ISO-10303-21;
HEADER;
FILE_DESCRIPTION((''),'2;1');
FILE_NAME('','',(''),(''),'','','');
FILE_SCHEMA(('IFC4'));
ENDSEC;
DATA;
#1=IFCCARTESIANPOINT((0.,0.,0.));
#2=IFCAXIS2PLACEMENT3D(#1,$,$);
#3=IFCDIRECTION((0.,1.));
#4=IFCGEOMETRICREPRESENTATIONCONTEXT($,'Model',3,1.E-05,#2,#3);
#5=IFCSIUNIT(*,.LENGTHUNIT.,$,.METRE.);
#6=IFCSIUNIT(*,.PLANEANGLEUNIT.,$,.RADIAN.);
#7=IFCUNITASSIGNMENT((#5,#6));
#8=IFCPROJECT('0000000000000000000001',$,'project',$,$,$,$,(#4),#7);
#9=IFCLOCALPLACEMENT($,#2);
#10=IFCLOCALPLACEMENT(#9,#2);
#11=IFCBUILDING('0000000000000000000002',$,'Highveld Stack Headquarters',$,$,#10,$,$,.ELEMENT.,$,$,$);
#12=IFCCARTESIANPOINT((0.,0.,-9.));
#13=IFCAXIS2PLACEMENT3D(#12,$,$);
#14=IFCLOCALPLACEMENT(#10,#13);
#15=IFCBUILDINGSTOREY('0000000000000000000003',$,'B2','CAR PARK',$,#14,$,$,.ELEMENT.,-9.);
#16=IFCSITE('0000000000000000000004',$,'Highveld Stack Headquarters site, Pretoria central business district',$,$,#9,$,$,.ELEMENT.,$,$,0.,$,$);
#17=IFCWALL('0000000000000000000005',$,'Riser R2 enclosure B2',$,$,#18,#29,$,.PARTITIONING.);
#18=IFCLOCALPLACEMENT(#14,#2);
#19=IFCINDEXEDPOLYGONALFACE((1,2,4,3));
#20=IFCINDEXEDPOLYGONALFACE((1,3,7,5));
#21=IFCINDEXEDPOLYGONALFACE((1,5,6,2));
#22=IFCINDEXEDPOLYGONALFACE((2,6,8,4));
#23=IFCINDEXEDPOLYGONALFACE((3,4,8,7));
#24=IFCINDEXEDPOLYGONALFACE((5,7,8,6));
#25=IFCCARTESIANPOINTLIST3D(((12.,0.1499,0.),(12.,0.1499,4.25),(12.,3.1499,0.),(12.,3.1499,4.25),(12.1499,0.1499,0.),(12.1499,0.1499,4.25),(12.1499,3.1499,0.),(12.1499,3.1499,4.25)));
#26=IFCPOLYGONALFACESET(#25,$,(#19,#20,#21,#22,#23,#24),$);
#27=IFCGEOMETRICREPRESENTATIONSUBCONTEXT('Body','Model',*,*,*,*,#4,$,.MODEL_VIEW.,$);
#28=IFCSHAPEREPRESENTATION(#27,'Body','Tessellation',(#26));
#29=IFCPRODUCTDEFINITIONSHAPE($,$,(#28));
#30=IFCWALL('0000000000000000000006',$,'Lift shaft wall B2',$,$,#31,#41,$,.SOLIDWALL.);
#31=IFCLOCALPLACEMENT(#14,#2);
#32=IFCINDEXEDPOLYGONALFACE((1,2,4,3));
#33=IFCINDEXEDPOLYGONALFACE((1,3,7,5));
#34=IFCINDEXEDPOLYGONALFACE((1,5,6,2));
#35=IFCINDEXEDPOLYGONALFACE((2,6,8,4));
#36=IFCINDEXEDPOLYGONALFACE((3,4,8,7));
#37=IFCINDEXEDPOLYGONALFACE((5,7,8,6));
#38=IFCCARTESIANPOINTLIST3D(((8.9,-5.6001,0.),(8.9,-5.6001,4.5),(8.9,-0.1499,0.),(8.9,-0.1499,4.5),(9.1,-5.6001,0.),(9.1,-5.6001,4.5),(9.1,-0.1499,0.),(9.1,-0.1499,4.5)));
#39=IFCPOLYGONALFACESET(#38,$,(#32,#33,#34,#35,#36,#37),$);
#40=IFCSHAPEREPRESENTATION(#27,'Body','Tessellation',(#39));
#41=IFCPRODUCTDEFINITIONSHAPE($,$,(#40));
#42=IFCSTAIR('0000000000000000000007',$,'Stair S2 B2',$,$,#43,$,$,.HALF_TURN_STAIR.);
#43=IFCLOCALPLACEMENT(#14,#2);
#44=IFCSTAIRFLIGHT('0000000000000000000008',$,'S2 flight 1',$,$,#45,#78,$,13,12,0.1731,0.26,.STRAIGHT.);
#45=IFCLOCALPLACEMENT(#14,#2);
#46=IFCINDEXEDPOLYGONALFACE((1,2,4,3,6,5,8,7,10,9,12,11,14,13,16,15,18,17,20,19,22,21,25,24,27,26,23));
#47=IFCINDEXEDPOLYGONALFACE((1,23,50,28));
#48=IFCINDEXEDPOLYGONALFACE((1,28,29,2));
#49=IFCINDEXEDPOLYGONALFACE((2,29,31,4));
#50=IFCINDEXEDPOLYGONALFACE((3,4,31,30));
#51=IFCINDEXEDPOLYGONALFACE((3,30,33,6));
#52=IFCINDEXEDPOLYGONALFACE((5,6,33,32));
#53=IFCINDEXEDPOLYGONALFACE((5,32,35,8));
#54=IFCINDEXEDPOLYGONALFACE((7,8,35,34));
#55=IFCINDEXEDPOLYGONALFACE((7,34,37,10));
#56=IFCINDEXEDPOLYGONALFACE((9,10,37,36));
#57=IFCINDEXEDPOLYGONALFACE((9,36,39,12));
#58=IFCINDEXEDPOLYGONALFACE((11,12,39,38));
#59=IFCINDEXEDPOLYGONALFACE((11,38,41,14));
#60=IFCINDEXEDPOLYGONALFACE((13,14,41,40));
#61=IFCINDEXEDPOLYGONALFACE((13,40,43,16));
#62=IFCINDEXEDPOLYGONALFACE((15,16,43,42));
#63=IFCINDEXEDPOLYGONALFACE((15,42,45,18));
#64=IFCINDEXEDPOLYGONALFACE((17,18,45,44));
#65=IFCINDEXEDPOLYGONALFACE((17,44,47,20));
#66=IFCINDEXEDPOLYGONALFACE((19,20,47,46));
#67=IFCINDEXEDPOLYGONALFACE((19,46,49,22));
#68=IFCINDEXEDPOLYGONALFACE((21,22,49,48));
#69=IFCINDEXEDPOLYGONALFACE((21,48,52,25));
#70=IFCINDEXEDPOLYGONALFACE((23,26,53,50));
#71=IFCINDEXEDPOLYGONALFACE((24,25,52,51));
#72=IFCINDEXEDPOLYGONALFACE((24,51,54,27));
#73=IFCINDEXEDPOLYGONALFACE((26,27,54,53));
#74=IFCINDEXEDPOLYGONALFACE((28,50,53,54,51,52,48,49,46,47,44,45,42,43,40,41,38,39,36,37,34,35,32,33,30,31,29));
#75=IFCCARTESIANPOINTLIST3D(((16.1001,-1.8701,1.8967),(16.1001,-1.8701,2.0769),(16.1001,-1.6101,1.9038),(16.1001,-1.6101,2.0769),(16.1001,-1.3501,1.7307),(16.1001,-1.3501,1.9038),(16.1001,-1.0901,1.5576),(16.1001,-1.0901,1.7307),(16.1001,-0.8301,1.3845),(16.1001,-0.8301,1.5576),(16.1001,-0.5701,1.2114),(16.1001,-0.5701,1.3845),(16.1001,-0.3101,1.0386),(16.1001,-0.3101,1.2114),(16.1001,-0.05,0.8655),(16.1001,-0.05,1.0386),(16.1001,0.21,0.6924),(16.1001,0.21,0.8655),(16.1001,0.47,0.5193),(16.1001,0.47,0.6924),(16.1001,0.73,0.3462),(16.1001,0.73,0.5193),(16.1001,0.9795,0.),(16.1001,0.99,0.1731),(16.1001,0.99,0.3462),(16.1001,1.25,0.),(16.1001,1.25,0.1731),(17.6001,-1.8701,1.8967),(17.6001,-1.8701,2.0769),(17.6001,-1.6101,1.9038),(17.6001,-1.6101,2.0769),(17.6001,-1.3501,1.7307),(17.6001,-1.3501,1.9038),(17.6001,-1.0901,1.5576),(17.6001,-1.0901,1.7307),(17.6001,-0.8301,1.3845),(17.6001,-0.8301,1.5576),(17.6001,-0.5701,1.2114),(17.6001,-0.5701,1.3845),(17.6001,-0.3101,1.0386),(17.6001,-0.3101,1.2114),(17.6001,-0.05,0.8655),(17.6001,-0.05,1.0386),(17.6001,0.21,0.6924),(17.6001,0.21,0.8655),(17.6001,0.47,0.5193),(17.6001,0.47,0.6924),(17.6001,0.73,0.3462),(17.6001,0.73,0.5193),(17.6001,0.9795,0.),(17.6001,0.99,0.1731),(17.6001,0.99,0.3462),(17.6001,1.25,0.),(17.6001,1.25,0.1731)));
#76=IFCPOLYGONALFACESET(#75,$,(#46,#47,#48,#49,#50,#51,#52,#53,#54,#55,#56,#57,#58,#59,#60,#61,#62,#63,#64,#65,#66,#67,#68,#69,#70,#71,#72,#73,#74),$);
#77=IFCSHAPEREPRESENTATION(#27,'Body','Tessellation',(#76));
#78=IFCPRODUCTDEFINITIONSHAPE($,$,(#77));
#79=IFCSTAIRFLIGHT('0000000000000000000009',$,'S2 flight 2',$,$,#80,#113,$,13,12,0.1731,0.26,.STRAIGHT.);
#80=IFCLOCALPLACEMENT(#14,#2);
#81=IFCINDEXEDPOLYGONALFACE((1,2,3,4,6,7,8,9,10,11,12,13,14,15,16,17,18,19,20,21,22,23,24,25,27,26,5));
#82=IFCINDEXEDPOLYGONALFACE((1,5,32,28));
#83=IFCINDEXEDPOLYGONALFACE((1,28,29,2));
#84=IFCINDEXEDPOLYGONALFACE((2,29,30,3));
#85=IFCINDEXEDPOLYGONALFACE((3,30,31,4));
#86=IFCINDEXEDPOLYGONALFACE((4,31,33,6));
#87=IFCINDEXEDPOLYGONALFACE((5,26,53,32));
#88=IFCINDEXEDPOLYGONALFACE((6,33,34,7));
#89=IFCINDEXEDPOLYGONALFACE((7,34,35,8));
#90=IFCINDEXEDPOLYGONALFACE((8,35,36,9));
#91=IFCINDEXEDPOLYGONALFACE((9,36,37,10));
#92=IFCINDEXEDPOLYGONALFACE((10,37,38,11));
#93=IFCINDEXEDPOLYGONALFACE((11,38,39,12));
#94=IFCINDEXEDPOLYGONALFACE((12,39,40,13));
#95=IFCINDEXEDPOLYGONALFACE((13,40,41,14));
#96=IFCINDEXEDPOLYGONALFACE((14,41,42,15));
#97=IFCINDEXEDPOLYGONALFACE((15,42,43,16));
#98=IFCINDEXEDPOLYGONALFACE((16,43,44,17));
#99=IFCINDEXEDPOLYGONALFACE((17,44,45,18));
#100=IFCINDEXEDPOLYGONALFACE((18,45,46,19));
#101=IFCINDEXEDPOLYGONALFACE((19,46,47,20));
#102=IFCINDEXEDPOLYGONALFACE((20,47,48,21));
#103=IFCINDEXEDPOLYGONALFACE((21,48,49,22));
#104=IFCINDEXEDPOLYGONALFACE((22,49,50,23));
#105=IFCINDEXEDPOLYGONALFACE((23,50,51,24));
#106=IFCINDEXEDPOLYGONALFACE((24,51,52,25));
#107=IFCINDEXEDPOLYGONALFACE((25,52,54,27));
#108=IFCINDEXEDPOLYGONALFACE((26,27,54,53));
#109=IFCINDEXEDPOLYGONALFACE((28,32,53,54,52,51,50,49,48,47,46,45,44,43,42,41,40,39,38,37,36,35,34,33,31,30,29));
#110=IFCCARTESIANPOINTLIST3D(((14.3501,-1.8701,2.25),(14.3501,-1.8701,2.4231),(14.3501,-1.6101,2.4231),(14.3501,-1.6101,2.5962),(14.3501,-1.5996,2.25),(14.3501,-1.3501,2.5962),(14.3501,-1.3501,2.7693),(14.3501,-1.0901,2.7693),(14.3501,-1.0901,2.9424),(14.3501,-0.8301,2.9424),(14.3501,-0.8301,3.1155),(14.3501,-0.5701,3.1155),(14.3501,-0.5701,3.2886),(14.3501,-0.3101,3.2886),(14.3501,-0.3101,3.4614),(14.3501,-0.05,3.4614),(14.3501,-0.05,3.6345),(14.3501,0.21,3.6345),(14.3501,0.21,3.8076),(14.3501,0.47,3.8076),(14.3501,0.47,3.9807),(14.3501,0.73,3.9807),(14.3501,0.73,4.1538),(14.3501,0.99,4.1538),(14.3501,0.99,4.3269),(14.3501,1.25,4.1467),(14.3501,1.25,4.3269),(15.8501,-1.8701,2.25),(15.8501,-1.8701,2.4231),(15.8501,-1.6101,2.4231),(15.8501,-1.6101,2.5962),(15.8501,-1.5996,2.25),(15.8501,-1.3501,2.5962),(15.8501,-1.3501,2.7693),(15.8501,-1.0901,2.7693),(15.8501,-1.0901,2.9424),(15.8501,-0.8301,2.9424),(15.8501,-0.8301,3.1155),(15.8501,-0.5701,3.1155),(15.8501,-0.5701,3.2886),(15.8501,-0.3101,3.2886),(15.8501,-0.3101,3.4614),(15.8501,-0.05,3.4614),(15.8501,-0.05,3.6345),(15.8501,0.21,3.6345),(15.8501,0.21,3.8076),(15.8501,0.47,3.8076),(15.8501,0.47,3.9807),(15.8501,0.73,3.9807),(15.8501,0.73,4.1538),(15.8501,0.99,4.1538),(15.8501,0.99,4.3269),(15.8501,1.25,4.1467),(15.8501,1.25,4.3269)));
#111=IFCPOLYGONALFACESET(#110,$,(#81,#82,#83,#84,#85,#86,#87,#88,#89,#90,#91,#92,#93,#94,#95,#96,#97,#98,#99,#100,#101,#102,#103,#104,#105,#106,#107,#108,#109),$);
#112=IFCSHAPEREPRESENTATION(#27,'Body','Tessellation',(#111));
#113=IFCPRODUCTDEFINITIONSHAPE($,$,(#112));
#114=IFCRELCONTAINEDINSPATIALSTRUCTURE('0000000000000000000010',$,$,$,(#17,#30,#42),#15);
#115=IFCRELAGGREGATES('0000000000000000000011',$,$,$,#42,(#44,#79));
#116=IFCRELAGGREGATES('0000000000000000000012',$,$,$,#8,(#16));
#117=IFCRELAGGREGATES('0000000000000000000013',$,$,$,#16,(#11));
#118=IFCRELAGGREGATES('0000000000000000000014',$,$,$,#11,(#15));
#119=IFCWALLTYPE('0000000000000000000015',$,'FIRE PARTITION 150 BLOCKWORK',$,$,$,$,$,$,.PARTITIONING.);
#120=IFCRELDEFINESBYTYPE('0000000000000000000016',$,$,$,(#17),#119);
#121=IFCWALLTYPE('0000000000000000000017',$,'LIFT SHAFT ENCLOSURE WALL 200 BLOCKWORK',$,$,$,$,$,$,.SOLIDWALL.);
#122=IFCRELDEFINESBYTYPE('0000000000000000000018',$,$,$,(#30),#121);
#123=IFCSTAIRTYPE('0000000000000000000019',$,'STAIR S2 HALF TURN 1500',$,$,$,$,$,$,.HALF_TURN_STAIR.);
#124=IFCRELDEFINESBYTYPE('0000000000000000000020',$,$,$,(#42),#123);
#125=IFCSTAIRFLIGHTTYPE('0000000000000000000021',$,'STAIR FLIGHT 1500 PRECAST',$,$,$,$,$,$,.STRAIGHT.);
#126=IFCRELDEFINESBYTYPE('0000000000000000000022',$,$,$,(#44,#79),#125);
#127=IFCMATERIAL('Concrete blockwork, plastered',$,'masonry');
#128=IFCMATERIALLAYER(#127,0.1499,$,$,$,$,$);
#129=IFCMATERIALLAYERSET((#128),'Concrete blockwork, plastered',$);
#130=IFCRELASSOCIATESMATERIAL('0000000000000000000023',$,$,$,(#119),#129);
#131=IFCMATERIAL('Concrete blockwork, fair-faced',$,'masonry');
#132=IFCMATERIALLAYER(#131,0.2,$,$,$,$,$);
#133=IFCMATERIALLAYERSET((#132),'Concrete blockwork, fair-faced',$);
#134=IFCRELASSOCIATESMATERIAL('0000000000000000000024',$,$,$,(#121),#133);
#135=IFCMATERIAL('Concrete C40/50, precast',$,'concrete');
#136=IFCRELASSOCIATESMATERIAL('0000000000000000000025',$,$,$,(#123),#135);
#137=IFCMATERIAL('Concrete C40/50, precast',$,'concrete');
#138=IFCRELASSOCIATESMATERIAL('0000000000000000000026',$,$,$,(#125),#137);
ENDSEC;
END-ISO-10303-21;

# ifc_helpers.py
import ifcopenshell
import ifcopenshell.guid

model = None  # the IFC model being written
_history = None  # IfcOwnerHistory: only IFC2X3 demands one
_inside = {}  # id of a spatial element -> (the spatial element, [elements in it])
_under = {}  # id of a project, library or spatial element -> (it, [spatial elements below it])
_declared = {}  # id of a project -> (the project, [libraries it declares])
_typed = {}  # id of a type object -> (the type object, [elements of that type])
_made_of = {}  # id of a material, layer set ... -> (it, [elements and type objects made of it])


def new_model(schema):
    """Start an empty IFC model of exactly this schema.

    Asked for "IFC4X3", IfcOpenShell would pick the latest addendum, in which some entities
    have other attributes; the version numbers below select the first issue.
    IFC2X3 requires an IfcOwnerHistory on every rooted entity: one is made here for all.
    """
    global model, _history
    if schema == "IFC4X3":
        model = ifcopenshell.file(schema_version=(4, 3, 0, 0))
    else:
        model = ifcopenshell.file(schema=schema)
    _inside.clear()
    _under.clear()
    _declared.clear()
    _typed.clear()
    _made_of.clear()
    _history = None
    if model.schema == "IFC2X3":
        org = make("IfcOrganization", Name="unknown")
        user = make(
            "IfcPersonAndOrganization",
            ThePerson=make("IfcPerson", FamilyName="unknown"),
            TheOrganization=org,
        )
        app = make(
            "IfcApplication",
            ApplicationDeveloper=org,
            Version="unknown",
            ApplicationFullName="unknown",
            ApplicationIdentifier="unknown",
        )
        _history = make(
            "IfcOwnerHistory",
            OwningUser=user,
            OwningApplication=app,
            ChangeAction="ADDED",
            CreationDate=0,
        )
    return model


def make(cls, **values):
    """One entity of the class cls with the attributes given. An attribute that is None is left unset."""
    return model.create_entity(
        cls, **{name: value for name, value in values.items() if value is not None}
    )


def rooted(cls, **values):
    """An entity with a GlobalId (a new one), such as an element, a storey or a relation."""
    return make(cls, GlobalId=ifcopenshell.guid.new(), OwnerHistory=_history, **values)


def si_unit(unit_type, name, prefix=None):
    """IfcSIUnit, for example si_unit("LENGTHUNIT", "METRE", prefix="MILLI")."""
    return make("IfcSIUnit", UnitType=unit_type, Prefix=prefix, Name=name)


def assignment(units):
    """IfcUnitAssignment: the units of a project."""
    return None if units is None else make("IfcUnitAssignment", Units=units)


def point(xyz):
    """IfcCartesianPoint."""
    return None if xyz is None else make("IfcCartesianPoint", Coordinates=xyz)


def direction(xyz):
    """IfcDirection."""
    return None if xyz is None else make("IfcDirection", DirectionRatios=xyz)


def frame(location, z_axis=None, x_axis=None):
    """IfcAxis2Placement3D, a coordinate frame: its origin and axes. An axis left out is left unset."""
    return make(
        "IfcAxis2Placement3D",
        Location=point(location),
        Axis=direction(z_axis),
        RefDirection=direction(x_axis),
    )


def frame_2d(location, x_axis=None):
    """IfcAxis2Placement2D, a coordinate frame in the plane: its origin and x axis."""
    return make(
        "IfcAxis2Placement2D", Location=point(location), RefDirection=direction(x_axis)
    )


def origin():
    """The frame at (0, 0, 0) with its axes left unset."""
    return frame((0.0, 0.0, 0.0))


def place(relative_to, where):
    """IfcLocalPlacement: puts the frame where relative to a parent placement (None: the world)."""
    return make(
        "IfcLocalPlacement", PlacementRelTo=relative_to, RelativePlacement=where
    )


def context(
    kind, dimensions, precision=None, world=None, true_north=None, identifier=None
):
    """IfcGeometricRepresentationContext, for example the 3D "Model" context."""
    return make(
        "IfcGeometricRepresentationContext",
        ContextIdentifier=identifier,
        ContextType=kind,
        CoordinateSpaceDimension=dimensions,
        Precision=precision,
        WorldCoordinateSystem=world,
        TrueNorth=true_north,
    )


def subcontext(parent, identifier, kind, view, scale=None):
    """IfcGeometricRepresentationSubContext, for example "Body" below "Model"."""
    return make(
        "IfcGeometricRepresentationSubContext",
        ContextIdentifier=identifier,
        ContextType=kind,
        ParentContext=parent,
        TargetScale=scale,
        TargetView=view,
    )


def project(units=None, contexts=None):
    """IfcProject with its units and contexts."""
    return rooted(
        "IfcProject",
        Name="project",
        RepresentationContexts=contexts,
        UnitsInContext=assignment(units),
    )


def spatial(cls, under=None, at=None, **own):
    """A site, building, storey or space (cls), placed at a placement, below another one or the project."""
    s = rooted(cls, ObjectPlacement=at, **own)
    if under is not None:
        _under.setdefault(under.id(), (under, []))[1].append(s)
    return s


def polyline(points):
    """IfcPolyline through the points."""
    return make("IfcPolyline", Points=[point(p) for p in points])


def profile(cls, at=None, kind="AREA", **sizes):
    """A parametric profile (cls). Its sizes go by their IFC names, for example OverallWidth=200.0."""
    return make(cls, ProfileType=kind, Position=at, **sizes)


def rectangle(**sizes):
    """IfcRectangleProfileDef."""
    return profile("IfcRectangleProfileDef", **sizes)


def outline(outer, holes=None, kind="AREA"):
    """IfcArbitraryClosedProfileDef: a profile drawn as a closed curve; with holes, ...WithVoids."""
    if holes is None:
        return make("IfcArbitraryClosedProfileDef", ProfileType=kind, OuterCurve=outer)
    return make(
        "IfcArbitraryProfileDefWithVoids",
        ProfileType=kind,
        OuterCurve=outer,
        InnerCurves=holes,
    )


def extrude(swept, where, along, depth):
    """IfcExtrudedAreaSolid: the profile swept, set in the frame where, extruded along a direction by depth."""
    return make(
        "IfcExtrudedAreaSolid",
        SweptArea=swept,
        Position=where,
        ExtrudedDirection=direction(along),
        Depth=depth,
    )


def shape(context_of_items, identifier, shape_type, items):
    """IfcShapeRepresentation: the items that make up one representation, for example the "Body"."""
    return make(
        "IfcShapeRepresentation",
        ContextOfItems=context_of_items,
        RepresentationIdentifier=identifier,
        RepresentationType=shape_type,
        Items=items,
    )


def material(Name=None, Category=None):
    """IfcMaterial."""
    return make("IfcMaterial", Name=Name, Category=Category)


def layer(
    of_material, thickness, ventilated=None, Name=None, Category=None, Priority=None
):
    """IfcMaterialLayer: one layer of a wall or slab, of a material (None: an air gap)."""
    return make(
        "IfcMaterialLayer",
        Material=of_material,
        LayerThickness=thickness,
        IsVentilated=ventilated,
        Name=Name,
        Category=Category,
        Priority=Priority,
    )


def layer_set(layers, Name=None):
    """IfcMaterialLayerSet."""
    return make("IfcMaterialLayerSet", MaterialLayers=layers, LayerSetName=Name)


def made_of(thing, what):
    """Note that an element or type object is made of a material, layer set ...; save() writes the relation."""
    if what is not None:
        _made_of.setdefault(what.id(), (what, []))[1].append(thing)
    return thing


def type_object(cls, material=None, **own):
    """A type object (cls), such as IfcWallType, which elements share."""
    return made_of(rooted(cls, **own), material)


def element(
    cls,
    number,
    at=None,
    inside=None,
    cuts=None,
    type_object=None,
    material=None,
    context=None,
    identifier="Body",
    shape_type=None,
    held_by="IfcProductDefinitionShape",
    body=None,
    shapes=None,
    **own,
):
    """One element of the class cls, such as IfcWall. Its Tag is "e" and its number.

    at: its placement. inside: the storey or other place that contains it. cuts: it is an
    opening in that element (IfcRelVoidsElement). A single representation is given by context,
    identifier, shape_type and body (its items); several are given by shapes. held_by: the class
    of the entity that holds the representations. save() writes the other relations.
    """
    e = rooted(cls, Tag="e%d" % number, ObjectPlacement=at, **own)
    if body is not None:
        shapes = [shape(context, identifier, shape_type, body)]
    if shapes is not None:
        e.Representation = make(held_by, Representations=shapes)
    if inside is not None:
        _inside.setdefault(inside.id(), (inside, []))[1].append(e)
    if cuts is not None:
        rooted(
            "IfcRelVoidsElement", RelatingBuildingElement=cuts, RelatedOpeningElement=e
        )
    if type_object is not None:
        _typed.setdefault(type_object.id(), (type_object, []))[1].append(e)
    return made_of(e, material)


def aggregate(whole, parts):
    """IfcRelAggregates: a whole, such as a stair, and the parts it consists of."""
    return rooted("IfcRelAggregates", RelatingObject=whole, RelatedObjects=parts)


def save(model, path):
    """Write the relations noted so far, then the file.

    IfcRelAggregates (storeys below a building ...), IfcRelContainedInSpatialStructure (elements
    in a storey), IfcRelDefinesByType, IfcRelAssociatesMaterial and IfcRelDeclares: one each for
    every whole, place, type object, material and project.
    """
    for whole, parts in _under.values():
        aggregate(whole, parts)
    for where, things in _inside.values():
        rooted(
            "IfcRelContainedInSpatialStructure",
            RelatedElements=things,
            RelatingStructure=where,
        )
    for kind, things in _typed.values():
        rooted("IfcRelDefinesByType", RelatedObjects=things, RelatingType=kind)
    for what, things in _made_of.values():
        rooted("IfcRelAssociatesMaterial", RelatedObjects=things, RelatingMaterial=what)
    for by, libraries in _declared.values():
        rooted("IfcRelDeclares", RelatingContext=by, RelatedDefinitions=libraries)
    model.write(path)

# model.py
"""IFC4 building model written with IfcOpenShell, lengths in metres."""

from ifc_helpers import new_model, si_unit, direction, frame, frame_2d, origin, place, context, subcontext, project, spatial, polyline, rectangle, outline, extrude, material, layer, layer_set, type_object, element, aggregate, save


model = new_model("IFC4")

# Units and contexts
model_context = context("Model", 3, precision=1e-05, world=origin(), true_north=direction((0.0, 1.0)))
body_context = subcontext(model_context, "Body", "Model", "MODEL_VIEW")
ifc_project = project(units=[si_unit("LENGTHUNIT", "METRE"), si_unit("PLANEANGLEUNIT", "RADIAN")], contexts=[model_context])

# Site, building, storey
site_placement = place(None, origin())
site = spatial("IfcSite", under=ifc_project, at=site_placement, Name="Highveld Stack Headquarters site, Pretoria central business district", CompositionType="ELEMENT", RefElevation=0.0)
building_placement = place(site_placement, origin())
building = spatial("IfcBuilding", under=site, at=building_placement, Name="Highveld Stack Headquarters", CompositionType="ELEMENT")
storey_placement = place(building_placement, frame((0.0, 0.0, -9.0)))
storey = spatial("IfcBuildingStorey", under=building, at=storey_placement, Name="B2", Description="CAR PARK", CompositionType="ELEMENT", Elevation=-9.0)

# Walls
ifc_material_1 = material(Name="Concrete blockwork, plastered", Category="masonry")
ifc_layer_1 = layer(ifc_material_1, 0.1499)
ifc_layer_set_1 = layer_set([ifc_layer_1], Name="Concrete blockwork, plastered")
wall_type_1 = type_object("IfcWallType", Name="FIRE PARTITION 150 BLOCKWORK", PredefinedType="PARTITIONING", material=ifc_layer_set_1)
wall_1_placement = place(storey_placement, frame((12.075, 0.1499, 0.0), z_axis=(0.0, 0.0, 1.0), x_axis=(0.0, 1.0, 0.0)))
element("IfcWall", 1, at=wall_1_placement, inside=storey, type_object=wall_type_1, Name="Riser R2 enclosure B2", PredefinedType="PARTITIONING", context=body_context, shape_type="SweptSolid", body=[
    extrude(rectangle(XDim=3.0, YDim=0.1499, at=frame_2d((1.5, 0.0))), origin(), (0.0, 0.0, 1.0), 4.25),
])
ifc_material_2 = material(Name="Concrete blockwork, fair-faced", Category="masonry")
ifc_layer_2 = layer(ifc_material_2, 0.2)
ifc_layer_set_2 = layer_set([ifc_layer_2], Name="Concrete blockwork, fair-faced")
wall_type_2 = type_object("IfcWallType", Name="LIFT SHAFT ENCLOSURE WALL 200 BLOCKWORK", PredefinedType="SOLIDWALL", material=ifc_layer_set_2)
wall_2_placement = place(storey_placement, frame((9.0, -5.6001, 0.0), z_axis=(0.0, 0.0, 1.0), x_axis=(0.0, 1.0, 0.0)))
element("IfcWall", 2, at=wall_2_placement, inside=storey, type_object=wall_type_2, Name="Lift shaft wall B2", PredefinedType="SOLIDWALL", context=body_context, shape_type="SweptSolid", body=[
    extrude(rectangle(XDim=5.4502, YDim=0.2, at=frame_2d((2.7251, 0.0))), origin(), (0.0, 0.0, 1.0), 4.5),
])

# Stair, stair flights
ifc_material_3 = material(Name="Concrete C40/50, precast", Category="concrete")
stair_type = type_object("IfcStairType", Name="STAIR S2 HALF TURN 1500", PredefinedType="HALF_TURN_STAIR", material=ifc_material_3)
stair_placement = place(storey_placement, origin())
stair = element("IfcStair", 3, at=stair_placement, inside=storey, type_object=stair_type, Name="Stair S2 B2", PredefinedType="HALF_TURN_STAIR")
ifc_material_4 = material(Name="Concrete C40/50, precast", Category="concrete")
stair_flight_type = type_object("IfcStairFlightType", Name="STAIR FLIGHT 1500 PRECAST", PredefinedType="STRAIGHT", material=ifc_material_4)
stair_flight_1_placement = place(storey_placement, frame((16.8501, 1.25, 0.0), z_axis=(0.0, 0.0, 1.0), x_axis=(0.0, -1.0, 0.0)))
stair_flight_1 = element("IfcStairFlight", 4, at=stair_flight_1_placement, type_object=stair_flight_type, Name="S2 flight 1", NumberOfRisers=13, NumberOfTreads=12, PredefinedType="STRAIGHT", RiserHeight=0.1731, TreadLength=0.26, context=body_context, shape_type="SweptSolid", body=[
    extrude(outline(polyline([(0.0, 0.0), (0.0, 0.1731), (0.26, 0.1731), (0.26, 0.3462), (0.52, 0.3462), (0.52, 0.5193), (0.78, 0.5193), (0.78, 0.6924), (1.04, 0.6924), (1.04, 0.8655), (1.3, 0.8655), (1.3, 1.0386), (1.5601, 1.0386), (1.5601, 1.2114), (1.8201, 1.2114), (1.8201, 1.3845), (2.0801, 1.3845), (2.0801, 1.5576), (2.3401, 1.5576), (2.3401, 1.7307), (2.6001, 1.7307), (2.6001, 1.9038), (2.8601, 1.9038), (2.8601, 2.0769), (3.1201, 2.0769), (3.1201, 2.25), (3.1201, 1.8967), (0.2705, 0.0), (0.0, 0.0)])), frame((0.0, 0.75, 0.0), z_axis=(0.0, -1.0, 0.0), x_axis=(1.0, 0.0, 0.0)), (0.0, 0.0, 1.0), 1.5),
])
stair_flight_2_placement = place(storey_placement, frame((15.1001, -1.8701, 2.25), z_axis=(0.0, 0.0, 1.0), x_axis=(0.0, 1.0, 0.0)))
stair_flight_2 = element("IfcStairFlight", 5, at=stair_flight_2_placement, type_object=stair_flight_type, Name="S2 flight 2", NumberOfRisers=13, NumberOfTreads=12, PredefinedType="STRAIGHT", RiserHeight=0.1731, TreadLength=0.26, context=body_context, shape_type="SweptSolid", body=[
    extrude(outline(polyline([(0.0, 0.0), (0.0, 0.1731), (0.26, 0.1731), (0.26, 0.3462), (0.52, 0.3462), (0.52, 0.5193), (0.78, 0.5193), (0.78, 0.6924), (1.04, 0.6924), (1.04, 0.8655), (1.3, 0.8655), (1.3, 1.0386), (1.5601, 1.0386), (1.5601, 1.2114), (1.8201, 1.2114), (1.8201, 1.3845), (2.0801, 1.3845), (2.0801, 1.5576), (2.3401, 1.5576), (2.3401, 1.7307), (2.6001, 1.7307), (2.6001, 1.9038), (2.8601, 1.9038), (2.8601, 2.0769), (3.1201, 2.0769), (3.1201, 2.25), (3.1201, 1.8967), (0.2705, 0.0), (0.0, 0.0)])), frame((0.0, 0.75, 0.0), z_axis=(0.0, -1.0, 0.0), x_axis=(1.0, 0.0, 0.0)), (0.0, 0.0, 1.0), 1.5),
])
aggregate(stair, [stair_flight_1, stair_flight_2])

save(model, "model.ifc")
